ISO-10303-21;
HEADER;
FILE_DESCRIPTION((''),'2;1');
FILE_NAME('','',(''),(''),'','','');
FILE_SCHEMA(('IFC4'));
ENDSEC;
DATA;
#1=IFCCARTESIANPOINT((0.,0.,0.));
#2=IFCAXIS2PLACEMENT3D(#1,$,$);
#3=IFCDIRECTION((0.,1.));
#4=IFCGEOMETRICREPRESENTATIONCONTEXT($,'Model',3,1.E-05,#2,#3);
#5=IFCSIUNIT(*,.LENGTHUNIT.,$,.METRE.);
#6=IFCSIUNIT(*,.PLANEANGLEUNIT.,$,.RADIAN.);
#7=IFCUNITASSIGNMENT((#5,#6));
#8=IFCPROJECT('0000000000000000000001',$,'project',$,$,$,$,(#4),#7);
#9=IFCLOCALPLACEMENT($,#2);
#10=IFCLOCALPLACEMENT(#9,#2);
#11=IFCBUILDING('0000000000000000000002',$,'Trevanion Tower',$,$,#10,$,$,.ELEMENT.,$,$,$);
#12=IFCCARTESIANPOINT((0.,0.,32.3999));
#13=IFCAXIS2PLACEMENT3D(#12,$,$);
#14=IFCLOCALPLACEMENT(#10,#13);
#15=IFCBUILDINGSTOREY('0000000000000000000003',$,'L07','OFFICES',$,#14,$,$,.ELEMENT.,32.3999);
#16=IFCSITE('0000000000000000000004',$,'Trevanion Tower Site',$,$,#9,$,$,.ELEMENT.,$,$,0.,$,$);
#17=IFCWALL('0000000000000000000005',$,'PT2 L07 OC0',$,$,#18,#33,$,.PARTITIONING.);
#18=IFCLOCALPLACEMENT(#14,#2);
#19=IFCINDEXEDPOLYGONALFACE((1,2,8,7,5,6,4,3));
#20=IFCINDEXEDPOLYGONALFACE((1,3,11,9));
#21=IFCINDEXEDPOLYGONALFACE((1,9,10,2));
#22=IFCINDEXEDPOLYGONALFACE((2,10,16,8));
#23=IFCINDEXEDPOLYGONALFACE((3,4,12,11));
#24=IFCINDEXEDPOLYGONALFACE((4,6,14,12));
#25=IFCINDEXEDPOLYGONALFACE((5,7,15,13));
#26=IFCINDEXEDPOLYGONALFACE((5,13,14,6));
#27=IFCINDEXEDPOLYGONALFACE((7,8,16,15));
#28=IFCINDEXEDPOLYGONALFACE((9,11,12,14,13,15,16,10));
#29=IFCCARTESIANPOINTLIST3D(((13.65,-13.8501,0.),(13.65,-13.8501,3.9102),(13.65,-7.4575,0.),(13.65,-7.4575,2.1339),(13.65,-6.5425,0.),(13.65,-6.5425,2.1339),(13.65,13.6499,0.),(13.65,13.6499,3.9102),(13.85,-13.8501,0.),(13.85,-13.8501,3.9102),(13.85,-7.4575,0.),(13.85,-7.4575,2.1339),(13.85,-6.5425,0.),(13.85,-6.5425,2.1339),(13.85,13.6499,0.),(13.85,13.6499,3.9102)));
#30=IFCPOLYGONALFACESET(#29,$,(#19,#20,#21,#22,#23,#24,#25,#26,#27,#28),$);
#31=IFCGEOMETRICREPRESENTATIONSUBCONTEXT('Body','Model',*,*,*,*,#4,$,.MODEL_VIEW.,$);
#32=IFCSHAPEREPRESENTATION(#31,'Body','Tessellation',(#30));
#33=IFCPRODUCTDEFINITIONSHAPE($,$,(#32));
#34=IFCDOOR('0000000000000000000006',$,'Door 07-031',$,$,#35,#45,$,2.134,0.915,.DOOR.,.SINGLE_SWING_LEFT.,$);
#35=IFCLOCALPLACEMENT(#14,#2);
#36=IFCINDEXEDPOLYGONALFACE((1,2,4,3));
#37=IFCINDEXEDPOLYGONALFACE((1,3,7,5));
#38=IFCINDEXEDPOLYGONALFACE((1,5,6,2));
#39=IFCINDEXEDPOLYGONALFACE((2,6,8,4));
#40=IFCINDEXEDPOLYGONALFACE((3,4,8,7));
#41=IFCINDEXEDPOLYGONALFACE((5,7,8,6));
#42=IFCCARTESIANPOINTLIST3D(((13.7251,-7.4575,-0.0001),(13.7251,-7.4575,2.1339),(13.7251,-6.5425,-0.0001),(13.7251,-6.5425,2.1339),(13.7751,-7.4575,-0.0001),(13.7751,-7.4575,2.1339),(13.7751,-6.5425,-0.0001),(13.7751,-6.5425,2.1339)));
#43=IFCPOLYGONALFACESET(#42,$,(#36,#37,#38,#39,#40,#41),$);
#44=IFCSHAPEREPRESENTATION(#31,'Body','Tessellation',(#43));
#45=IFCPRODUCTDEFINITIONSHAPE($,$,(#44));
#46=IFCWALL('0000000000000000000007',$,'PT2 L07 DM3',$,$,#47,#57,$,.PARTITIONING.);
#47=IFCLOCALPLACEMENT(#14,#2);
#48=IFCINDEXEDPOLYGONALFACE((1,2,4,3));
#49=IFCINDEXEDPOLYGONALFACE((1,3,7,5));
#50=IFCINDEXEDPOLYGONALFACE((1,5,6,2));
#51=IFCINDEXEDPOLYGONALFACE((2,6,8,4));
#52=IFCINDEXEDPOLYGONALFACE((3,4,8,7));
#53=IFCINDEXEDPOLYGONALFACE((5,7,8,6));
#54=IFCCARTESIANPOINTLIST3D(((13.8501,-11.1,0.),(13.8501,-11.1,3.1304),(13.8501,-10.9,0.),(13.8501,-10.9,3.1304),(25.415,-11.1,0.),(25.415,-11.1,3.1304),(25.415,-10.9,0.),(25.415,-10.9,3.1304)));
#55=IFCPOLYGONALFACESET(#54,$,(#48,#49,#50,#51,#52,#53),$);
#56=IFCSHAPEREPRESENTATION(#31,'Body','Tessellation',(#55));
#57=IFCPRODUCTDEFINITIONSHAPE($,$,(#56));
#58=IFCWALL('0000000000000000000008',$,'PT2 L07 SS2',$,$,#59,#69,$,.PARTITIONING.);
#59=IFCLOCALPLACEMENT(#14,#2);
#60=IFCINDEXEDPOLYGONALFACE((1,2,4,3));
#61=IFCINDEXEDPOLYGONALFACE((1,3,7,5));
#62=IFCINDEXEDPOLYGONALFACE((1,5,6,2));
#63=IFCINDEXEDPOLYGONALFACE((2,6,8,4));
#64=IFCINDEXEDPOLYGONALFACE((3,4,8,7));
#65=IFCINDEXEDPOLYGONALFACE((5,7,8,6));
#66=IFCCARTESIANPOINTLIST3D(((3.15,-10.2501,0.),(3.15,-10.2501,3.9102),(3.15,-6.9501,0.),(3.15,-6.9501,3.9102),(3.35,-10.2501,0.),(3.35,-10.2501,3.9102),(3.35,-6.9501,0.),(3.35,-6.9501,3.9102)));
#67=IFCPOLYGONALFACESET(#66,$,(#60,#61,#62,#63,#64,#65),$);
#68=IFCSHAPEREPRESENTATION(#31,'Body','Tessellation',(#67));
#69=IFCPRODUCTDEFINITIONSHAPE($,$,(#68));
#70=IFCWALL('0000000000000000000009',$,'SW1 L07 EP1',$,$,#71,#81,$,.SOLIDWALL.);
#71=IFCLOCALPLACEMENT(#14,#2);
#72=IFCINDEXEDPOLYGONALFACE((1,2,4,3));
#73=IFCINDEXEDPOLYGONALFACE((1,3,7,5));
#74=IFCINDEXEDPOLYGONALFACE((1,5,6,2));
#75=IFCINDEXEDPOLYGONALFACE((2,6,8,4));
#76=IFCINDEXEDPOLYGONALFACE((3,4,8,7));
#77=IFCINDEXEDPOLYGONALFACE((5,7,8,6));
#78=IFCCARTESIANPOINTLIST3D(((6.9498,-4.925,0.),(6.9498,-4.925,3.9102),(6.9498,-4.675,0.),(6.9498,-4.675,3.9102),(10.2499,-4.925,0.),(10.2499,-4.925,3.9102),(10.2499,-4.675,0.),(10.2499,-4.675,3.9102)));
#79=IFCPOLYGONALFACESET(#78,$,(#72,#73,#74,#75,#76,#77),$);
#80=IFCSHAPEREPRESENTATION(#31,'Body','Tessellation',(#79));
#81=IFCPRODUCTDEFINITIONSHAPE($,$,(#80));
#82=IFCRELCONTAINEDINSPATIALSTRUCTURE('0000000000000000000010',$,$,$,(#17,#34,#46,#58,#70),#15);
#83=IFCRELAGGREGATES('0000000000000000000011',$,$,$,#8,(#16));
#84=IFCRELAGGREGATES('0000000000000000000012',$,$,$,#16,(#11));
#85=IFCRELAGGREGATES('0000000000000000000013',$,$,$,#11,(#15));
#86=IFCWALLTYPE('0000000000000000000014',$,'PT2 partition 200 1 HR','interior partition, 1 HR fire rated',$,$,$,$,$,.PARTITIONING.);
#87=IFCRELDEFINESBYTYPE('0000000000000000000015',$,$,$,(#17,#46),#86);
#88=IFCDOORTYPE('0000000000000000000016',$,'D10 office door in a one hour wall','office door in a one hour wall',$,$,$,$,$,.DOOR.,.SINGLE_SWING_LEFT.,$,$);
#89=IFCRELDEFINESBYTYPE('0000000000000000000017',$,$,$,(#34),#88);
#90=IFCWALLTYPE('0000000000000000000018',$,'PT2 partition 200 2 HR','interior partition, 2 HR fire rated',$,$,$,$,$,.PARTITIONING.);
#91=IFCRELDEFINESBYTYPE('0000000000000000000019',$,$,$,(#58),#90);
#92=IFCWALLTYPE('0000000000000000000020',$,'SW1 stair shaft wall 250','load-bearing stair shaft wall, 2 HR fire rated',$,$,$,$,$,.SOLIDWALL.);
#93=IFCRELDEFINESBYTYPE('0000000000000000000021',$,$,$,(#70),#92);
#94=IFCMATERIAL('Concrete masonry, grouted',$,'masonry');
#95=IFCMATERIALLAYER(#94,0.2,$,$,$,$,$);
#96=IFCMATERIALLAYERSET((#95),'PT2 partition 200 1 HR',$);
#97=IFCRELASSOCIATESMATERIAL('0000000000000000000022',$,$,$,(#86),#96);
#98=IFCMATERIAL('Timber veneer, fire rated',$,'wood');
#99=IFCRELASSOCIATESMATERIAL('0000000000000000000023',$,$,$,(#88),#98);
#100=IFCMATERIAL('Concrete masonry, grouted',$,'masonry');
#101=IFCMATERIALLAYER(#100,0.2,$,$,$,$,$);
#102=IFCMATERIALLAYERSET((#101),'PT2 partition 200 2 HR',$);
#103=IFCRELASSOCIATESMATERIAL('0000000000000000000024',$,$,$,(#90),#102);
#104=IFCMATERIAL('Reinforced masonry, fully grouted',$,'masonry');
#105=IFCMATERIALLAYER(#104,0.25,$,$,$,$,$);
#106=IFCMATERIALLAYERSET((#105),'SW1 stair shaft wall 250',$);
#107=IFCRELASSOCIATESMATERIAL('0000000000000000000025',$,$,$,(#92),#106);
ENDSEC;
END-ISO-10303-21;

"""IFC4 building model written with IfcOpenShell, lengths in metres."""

from ifc_helpers import new_model, si_unit, direction, frame, frame_2d, origin, place, context, subcontext, project, spatial, rectangle, extrude, material, layer, layer_set, type_object, element, fill, save


model = new_model("IFC4")

# Units and contexts
model_context = context("Model", 3, precision=1e-05, world=origin(), true_north=direction((0.0, 1.0)))
body_context = subcontext(model_context, "Body", "Model", "MODEL_VIEW")
ifc_project = project(units=[si_unit("LENGTHUNIT", "METRE"), si_unit("PLANEANGLEUNIT", "RADIAN")], contexts=[model_context])

# Site, building, storey
site_placement = place(None, origin())
site = spatial("IfcSite", under=ifc_project, at=site_placement, Name="Trevanion Tower Site", CompositionType="ELEMENT", RefElevation=0.0)
building_placement = place(site_placement, origin())
building = spatial("IfcBuilding", under=site, at=building_placement, Name="Trevanion Tower", CompositionType="ELEMENT")
storey_placement = place(building_placement, frame((0.0, 0.0, 32.3999)))
storey = spatial("IfcBuildingStorey", under=building, at=storey_placement, Name="L07", Description="OFFICES", CompositionType="ELEMENT", Elevation=32.3999)

# Wall, opening, door
ifc_material_1 = material(Name="Concrete masonry, grouted", Category="masonry")
ifc_layer_1 = layer(ifc_material_1, 0.2)
ifc_layer_set_1 = layer_set([ifc_layer_1], Name="PT2 partition 200 1 HR")
wall_type_1 = type_object("IfcWallType", Name="PT2 partition 200 1 HR", Description="interior partition, 1 HR fire rated", PredefinedType="PARTITIONING", material=ifc_layer_set_1)
wall_1_placement = place(storey_placement, frame((13.75, -13.8501, 0.0), z_axis=(0.0, 0.0, 1.0), x_axis=(0.0, 1.0, 0.0)))
wall_1 = element("IfcWall", 1, at=wall_1_placement, inside=storey, type_object=wall_type_1, Name="PT2 L07 OC0", PredefinedType="PARTITIONING", context=body_context, shape_type="SweptSolid", body=[
    extrude(rectangle(XDim=27.5, YDim=0.2, at=frame_2d((13.75, 0.0))), origin(), (0.0, 0.0, 1.0), 3.9102),
])
opening_1_placement = place(wall_1_placement, frame((6.3926, 0.0, 0.0)))
opening_1 = element("IfcOpeningElement", 2, at=opening_1_placement, cuts=wall_1, PredefinedType="OPENING", context=body_context, shape_type="SweptSolid", body=[
    extrude(rectangle(XDim=0.915, YDim=2.134, at=frame_2d((0.4575, 1.0669))), frame((0.0, 0.1099, 0.0), z_axis=(0.0, -1.0, 0.0), x_axis=(1.0, 0.0, 0.0)), (0.0, 0.0, 1.0), 0.22),
])
ifc_material_2 = material(Name="Timber veneer, fire rated", Category="wood")
door_type_1 = type_object("IfcDoorType", Name="D10 office door in a one hour wall", Description="office door in a one hour wall", OperationType="SINGLE_SWING_LEFT", PredefinedType="DOOR", material=ifc_material_2)
door_1_placement = place(opening_1_placement, origin())
door_1 = element("IfcDoor", 3, at=door_1_placement, inside=storey, type_object=door_type_1, Name="Door 07-031", OperationType="SINGLE_SWING_LEFT", OverallHeight=2.134, OverallWidth=0.915, PredefinedType="DOOR", context=body_context, shape_type="SweptSolid", body=[
    extrude(rectangle(XDim=0.915, YDim=2.134, at=frame_2d((0.4575, 1.0669))), frame((0.0, 0.0249, 0.0), z_axis=(0.0, -1.0, 0.0), x_axis=(1.0, 0.0, 0.0)), (0.0, 0.0, 1.0), 0.05),
])
fill(opening_1, door_1)

# Walls
wall_2_placement = place(storey_placement, frame((13.8501, -11.0, 0.0), z_axis=(0.0, 0.0, 1.0), x_axis=(1.0, 0.0, 0.0)))
element("IfcWall", 4, at=wall_2_placement, inside=storey, type_object=wall_type_1, Name="PT2 L07 DM3", PredefinedType="PARTITIONING", context=body_context, shape_type="SweptSolid", body=[
    extrude(rectangle(XDim=11.5649, YDim=0.2, at=frame_2d((5.7825, 0.0))), origin(), (0.0, 0.0, 1.0), 3.1304),
])
ifc_material_3 = material(Name="Concrete masonry, grouted", Category="masonry")
ifc_layer_2 = layer(ifc_material_3, 0.2)
ifc_layer_set_2 = layer_set([ifc_layer_2], Name="PT2 partition 200 2 HR")
wall_type_2 = type_object("IfcWallType", Name="PT2 partition 200 2 HR", Description="interior partition, 2 HR fire rated", PredefinedType="PARTITIONING", material=ifc_layer_set_2)
wall_3_placement = place(storey_placement, frame((3.25, -10.25, 0.0), z_axis=(0.0, 0.0, 1.0), x_axis=(0.0, 1.0, 0.0)))
element("IfcWall", 5, at=wall_3_placement, inside=storey, type_object=wall_type_2, Name="PT2 L07 SS2", PredefinedType="PARTITIONING", context=body_context, shape_type="SweptSolid", body=[
    extrude(rectangle(XDim=3.3, YDim=0.2, at=frame_2d((1.6499, 0.0))), origin(), (0.0, 0.0, 1.0), 3.9102),
])
ifc_material_4 = material(Name="Reinforced masonry, fully grouted", Category="masonry")
ifc_layer_3 = layer(ifc_material_4, 0.25)
ifc_layer_set_3 = layer_set([ifc_layer_3], Name="SW1 stair shaft wall 250")
wall_type_3 = type_object("IfcWallType", Name="SW1 stair shaft wall 250", Description="load-bearing stair shaft wall, 2 HR fire rated", PredefinedType="SOLIDWALL", material=ifc_layer_set_3)
wall_4_placement = place(storey_placement, frame((6.95, -4.8, 0.0), z_axis=(0.0, 0.0, 1.0), x_axis=(1.0, 0.0, 0.0)))
element("IfcWall", 6, at=wall_4_placement, inside=storey, type_object=wall_type_3, Name="SW1 L07 EP1", PredefinedType="SOLIDWALL", context=body_context, shape_type="SweptSolid", body=[
    extrude(rectangle(XDim=3.3, YDim=0.25, at=frame_2d((1.6499, 0.0))), origin(), (0.0, 0.0, 1.0), 3.9102),
])

save(model, "model.ifc")
